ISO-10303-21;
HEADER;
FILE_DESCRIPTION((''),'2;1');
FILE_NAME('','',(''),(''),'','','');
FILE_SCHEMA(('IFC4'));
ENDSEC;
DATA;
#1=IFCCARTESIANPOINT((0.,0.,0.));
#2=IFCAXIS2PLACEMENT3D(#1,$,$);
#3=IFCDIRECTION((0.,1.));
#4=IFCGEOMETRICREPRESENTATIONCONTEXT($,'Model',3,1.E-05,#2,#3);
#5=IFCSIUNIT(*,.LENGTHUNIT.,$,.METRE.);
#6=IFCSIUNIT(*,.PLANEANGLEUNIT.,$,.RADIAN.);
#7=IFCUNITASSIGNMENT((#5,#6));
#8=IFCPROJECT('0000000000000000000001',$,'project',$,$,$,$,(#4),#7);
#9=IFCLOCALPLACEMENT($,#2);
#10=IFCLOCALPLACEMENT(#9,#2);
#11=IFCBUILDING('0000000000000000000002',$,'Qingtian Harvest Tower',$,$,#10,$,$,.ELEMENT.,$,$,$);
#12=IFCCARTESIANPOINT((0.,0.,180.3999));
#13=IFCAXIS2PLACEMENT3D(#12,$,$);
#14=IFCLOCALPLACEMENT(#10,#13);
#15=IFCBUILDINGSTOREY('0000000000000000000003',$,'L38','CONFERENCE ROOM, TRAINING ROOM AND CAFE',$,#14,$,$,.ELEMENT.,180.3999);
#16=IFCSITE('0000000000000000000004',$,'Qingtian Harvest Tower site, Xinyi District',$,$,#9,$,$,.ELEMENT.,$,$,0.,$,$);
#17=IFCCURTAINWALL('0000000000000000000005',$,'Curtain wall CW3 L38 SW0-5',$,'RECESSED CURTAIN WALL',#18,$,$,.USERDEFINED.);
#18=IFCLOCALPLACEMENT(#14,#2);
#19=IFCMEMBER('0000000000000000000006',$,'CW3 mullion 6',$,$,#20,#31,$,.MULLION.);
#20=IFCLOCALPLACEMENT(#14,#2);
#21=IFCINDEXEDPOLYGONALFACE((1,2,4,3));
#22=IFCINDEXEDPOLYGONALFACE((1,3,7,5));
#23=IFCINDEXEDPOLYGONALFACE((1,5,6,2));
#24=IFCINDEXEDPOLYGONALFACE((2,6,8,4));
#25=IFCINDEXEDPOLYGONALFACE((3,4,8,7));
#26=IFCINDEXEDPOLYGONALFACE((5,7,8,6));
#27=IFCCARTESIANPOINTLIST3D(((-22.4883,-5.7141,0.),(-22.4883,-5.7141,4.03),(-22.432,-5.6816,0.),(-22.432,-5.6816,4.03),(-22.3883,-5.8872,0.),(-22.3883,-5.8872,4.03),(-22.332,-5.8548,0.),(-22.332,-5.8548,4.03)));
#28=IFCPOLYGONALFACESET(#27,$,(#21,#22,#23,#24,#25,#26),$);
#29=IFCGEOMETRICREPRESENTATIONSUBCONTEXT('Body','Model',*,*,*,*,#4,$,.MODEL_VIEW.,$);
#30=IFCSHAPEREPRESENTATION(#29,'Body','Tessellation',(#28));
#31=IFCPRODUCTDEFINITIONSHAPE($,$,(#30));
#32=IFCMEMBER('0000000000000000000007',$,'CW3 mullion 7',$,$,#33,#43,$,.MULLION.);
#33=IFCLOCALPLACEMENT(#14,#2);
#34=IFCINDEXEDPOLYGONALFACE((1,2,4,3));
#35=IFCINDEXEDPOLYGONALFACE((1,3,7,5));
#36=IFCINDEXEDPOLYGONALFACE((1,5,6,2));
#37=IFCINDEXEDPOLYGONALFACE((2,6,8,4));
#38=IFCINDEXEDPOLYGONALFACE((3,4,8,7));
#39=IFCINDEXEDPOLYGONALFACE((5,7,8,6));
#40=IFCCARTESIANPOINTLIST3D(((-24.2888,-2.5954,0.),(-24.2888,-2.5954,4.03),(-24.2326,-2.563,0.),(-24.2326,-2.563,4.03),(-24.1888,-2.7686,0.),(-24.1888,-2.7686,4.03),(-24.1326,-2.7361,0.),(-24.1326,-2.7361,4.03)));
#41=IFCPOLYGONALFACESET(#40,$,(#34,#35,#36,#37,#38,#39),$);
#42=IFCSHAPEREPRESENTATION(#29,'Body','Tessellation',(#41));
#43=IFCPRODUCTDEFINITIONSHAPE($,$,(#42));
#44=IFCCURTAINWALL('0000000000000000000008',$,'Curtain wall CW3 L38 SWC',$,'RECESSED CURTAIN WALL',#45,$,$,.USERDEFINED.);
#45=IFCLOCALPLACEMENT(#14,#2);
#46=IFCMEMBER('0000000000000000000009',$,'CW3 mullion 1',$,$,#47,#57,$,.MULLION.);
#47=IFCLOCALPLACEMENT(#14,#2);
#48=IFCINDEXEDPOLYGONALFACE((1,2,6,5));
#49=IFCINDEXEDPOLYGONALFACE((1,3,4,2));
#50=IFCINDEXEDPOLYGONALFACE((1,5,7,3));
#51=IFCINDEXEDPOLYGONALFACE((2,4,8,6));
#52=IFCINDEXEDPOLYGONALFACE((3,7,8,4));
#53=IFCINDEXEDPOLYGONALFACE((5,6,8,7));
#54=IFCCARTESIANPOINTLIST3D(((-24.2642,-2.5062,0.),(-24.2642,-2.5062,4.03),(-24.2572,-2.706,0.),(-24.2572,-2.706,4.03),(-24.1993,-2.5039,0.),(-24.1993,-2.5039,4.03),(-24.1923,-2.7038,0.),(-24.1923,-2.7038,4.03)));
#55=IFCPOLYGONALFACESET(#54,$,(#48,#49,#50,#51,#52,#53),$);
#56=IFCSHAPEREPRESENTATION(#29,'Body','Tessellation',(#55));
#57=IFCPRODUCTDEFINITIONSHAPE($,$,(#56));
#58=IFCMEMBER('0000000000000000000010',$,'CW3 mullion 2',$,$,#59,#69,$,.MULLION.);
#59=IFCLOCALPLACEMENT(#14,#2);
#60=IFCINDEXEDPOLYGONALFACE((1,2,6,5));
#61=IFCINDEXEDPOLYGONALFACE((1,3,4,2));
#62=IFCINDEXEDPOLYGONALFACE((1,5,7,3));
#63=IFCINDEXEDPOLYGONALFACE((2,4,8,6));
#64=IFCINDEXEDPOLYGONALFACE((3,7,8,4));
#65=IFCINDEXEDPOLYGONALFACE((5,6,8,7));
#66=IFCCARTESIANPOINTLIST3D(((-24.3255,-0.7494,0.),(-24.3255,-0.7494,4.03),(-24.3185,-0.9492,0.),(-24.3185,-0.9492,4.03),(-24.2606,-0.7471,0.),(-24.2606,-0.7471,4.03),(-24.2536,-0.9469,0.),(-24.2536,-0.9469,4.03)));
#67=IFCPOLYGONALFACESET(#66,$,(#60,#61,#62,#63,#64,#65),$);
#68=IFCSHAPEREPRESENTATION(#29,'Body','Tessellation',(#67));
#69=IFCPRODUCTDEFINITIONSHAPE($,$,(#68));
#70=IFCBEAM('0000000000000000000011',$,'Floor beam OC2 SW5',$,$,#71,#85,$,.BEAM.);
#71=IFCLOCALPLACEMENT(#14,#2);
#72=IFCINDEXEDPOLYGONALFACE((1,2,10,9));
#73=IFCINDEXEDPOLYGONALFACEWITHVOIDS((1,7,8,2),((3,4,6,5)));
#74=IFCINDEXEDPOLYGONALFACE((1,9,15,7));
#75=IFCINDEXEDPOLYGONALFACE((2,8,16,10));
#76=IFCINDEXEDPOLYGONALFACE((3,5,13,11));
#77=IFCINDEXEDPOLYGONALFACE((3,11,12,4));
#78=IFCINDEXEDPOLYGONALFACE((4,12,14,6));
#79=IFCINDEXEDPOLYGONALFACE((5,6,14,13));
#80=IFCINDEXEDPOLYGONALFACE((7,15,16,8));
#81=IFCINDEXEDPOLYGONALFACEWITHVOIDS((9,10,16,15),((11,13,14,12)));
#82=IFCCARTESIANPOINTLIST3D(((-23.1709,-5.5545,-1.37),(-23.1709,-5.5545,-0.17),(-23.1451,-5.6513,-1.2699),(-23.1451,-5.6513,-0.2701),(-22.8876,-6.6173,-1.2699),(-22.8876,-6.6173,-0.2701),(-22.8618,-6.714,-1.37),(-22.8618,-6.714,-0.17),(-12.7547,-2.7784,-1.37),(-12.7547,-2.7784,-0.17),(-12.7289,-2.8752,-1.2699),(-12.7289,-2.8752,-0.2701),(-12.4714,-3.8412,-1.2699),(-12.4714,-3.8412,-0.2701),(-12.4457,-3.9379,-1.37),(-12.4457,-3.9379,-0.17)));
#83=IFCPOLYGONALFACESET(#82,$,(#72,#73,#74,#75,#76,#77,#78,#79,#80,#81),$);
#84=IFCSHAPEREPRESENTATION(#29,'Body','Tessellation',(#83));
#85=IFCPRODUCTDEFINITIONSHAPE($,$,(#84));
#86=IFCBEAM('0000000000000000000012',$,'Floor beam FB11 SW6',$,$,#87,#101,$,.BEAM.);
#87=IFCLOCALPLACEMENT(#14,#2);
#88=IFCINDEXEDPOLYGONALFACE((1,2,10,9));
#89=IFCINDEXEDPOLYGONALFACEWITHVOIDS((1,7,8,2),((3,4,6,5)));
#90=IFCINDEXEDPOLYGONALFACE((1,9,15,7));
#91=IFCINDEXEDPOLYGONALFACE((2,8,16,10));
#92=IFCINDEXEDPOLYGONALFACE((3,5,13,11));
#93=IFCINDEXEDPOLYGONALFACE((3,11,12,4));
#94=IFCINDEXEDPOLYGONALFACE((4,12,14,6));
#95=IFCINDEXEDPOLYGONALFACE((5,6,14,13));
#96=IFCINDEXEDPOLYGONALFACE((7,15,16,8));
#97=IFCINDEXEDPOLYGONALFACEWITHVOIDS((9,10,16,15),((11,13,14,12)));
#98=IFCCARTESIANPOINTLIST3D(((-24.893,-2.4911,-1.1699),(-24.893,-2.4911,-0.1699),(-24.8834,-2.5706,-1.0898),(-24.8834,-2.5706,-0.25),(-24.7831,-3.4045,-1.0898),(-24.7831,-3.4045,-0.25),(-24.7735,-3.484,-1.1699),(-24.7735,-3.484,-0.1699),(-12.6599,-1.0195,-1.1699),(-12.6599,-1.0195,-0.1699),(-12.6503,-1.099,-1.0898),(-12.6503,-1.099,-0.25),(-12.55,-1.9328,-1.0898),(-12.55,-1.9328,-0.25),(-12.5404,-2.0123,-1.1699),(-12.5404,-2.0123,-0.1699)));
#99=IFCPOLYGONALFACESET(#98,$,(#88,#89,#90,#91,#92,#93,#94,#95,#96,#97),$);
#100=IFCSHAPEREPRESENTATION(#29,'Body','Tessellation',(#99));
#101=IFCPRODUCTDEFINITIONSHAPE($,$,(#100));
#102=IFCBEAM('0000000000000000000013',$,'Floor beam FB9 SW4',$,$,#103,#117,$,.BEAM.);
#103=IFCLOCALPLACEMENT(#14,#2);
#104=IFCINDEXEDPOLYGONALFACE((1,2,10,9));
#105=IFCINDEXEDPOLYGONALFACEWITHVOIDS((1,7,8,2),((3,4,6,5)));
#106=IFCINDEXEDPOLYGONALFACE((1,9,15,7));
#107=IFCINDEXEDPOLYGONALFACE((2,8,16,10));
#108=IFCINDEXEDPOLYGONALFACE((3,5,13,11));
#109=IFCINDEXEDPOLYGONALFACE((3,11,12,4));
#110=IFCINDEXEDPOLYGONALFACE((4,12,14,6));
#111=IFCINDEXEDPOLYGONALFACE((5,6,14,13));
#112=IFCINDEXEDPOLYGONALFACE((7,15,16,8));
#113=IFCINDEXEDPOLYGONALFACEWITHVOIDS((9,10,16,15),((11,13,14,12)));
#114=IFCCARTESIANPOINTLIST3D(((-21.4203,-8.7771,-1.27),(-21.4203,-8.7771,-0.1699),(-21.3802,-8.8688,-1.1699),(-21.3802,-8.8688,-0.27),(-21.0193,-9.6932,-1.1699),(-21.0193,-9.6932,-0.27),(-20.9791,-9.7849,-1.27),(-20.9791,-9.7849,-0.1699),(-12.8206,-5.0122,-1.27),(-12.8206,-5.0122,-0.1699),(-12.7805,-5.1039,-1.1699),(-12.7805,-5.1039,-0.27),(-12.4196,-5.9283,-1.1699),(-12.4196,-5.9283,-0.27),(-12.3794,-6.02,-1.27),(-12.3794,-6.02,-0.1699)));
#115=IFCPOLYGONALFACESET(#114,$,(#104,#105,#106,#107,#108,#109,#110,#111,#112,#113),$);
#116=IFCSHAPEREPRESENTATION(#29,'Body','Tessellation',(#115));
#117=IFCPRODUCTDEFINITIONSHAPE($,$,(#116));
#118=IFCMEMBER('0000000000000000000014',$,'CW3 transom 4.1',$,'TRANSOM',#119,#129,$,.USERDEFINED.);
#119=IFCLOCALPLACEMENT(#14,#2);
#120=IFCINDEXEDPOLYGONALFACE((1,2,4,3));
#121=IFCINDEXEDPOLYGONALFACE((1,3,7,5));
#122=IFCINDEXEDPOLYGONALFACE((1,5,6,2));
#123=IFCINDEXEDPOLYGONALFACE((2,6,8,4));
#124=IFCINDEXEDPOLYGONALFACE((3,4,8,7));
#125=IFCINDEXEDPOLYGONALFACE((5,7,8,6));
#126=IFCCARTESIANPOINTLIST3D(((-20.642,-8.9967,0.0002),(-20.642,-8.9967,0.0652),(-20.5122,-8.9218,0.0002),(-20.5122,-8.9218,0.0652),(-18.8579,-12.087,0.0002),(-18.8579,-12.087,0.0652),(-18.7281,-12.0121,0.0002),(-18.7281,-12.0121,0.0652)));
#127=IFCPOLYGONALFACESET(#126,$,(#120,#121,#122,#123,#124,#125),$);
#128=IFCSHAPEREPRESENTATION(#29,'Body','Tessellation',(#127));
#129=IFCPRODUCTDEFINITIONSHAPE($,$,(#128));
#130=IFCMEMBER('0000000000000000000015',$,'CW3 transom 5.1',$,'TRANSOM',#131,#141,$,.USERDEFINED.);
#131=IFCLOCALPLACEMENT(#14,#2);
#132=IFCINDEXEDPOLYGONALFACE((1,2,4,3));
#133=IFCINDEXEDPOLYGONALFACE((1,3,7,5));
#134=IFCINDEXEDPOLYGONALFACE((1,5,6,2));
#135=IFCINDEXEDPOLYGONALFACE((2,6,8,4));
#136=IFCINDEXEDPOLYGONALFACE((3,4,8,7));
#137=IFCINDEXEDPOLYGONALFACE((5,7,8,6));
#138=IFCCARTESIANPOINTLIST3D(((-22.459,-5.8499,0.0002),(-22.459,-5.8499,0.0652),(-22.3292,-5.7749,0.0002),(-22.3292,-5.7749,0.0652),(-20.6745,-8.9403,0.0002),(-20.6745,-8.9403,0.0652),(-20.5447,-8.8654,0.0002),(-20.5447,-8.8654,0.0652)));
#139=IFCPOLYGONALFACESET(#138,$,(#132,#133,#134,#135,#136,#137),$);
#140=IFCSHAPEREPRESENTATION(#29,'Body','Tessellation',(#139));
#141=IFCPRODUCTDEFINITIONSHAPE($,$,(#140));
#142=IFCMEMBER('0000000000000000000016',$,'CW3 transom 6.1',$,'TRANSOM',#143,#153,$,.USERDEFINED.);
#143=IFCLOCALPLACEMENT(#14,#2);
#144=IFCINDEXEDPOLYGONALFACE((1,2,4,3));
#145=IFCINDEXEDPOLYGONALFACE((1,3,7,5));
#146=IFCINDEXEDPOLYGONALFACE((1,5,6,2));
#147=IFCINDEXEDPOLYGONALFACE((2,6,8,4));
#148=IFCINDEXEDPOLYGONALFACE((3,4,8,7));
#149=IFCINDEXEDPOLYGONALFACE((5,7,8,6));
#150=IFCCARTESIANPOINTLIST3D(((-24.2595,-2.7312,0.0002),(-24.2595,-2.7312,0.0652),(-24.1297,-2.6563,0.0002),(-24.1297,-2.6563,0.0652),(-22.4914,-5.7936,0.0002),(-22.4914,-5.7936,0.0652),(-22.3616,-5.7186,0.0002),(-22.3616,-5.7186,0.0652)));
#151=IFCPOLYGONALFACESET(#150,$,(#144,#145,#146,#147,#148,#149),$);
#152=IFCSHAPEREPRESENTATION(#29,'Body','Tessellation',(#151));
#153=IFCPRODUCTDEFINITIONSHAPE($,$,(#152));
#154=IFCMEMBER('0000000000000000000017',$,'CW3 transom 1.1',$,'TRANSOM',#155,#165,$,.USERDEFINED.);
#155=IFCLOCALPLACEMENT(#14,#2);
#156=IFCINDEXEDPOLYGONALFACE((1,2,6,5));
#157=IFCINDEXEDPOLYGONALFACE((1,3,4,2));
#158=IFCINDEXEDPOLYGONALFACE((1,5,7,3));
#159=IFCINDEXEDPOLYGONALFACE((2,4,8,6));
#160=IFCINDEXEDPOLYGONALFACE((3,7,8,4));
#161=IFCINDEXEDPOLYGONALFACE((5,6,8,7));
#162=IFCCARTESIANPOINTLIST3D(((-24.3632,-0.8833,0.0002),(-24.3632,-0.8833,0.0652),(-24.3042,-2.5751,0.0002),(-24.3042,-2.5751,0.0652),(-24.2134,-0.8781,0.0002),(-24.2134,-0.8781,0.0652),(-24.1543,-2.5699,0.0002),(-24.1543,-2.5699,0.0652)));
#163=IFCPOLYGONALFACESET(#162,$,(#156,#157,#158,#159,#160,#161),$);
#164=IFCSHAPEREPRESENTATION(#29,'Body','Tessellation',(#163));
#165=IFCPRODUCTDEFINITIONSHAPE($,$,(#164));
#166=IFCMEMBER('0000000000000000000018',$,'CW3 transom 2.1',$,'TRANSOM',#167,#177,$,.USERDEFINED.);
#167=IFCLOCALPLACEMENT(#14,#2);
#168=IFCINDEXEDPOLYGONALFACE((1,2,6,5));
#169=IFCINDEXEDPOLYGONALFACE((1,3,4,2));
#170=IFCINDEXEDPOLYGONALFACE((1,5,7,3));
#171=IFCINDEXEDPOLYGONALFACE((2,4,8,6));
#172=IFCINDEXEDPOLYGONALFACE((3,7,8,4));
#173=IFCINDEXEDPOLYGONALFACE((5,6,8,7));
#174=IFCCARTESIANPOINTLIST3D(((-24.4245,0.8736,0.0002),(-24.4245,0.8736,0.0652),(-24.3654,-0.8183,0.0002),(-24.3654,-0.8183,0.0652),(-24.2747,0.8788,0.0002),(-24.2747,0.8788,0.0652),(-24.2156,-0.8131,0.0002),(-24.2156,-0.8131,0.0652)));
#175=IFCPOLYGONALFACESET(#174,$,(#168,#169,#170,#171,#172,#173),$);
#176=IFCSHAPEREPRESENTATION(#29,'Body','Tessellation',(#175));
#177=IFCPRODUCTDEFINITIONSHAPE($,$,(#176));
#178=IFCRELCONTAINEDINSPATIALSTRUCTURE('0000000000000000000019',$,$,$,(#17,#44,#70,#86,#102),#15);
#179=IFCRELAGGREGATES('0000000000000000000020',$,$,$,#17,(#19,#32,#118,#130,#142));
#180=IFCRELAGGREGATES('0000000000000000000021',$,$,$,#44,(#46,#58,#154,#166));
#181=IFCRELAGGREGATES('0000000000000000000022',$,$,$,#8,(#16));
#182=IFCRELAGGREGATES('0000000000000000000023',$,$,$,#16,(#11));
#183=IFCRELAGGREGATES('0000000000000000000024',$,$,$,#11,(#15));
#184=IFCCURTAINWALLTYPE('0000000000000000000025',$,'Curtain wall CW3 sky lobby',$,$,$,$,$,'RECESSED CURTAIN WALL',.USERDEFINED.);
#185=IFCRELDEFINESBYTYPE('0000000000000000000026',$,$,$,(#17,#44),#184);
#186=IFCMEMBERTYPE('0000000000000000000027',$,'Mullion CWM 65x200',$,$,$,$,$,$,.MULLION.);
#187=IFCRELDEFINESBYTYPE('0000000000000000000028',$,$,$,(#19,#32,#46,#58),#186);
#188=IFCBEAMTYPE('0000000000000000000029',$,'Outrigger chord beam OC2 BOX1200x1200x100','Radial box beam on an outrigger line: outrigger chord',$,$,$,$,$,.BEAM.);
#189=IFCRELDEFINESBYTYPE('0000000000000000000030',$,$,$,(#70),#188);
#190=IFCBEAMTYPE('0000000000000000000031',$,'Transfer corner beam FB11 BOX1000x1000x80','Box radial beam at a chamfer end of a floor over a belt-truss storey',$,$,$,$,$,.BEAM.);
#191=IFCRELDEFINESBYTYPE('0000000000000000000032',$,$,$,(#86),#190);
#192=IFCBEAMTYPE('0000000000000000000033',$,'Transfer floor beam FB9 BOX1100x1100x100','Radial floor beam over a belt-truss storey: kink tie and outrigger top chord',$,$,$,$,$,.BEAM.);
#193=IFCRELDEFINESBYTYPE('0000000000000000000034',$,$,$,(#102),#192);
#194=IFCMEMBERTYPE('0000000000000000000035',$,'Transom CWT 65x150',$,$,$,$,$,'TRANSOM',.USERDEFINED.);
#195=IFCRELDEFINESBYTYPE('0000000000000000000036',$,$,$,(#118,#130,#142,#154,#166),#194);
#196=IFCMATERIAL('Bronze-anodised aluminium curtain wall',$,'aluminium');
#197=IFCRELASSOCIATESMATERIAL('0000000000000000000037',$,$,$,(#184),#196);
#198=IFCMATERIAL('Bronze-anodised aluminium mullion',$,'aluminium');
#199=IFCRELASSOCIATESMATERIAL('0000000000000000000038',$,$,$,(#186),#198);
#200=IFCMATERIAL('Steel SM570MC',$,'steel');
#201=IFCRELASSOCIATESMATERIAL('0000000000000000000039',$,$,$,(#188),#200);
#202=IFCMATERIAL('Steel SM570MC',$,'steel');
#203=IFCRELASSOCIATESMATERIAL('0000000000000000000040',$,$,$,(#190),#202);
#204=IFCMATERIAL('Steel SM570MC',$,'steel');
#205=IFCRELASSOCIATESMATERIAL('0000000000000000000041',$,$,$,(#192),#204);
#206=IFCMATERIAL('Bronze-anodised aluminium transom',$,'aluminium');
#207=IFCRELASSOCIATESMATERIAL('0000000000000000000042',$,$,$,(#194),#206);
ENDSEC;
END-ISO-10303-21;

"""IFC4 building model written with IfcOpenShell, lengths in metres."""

from ifc_helpers import new_model, si_unit, direction, frame, origin, origin_2d, place, context, subcontext, project, spatial, rectangle, hollow_rectangle, extrude, material, material_profile, profile_set, type_object, element, aggregate, save


model = new_model("IFC4")

# Units and contexts
model_context = context("Model", 3, precision=1e-05, world=origin(), true_north=direction((0.0, 1.0)))
body_context = subcontext(model_context, "Body", "Model", "MODEL_VIEW")
ifc_project = project(units=[si_unit("LENGTHUNIT", "METRE"), si_unit("PLANEANGLEUNIT", "RADIAN")], contexts=[model_context])

# Site, building, storey
site_placement = place(None, origin())
site = spatial("IfcSite", under=ifc_project, at=site_placement, Name="Qingtian Harvest Tower site, Xinyi District", CompositionType="ELEMENT", RefElevation=0.0)
building_placement = place(site_placement, origin())
building = spatial("IfcBuilding", under=site, at=building_placement, Name="Qingtian Harvest Tower", CompositionType="ELEMENT")
storey_placement = place(building_placement, frame((0.0, 0.0, 180.3999)))
storey = spatial("IfcBuildingStorey", under=building, at=storey_placement, Name="L38", Description="CONFERENCE ROOM, TRAINING ROOM AND CAFE", CompositionType="ELEMENT", Elevation=180.3999)

# Curtain walls, members
ifc_material_1 = material(Name="Bronze-anodised aluminium curtain wall", Category="aluminium")
curtain_wall_type = type_object("IfcCurtainWallType", Name="Curtain wall CW3 sky lobby", ElementType="RECESSED CURTAIN WALL", PredefinedType="USERDEFINED", material=ifc_material_1)
curtain_wall_1_placement = place(storey_placement, origin())
curtain_wall_1 = element("IfcCurtainWall", 1, at=curtain_wall_1_placement, inside=storey, type_object=curtain_wall_type, Name="Curtain wall CW3 L38 SW0-5", ObjectType="RECESSED CURTAIN WALL", PredefinedType="USERDEFINED")
ifc_material_2 = material(Name="Bronze-anodised aluminium mullion", Category="aluminium")
ifc_material_profile_1 = material_profile(ifc_material_2, rectangle(XDim=0.0649, YDim=0.2, at=origin_2d()), Name="AL 65x200")
ifc_profile_set_1 = profile_set([ifc_material_profile_1], Name="Bronze-anodised aluminium mullion")
member_type_1 = type_object("IfcMemberType", Name="Mullion CWM 65x200", PredefinedType="MULLION", material=ifc_profile_set_1)
member_1_placement = place(storey_placement, frame((-22.4102, -5.7844, 0.0), z_axis=(0.0, 0.0, 1.0), x_axis=(-0.866025, -0.5, 0.0)))
member_1 = element("IfcMember", 2, at=member_1_placement, type_object=member_type_1, Name="CW3 mullion 6", PredefinedType="MULLION", context=body_context, shape_type="SweptSolid", body=[
    extrude(rectangle(XDim=0.0649, YDim=0.2, at=origin_2d()), origin(), (0.0, 0.0, 1.0), 4.03),
])
member_2_placement = place(storey_placement, frame((-24.2107, -2.6658, 0.0), z_axis=(0.0, 0.0, 1.0), x_axis=(-0.866025, -0.5, 0.0)))
member_2 = element("IfcMember", 3, at=member_2_placement, type_object=member_type_1, Name="CW3 mullion 7", PredefinedType="MULLION", context=body_context, shape_type="SweptSolid", body=[
    extrude(rectangle(XDim=0.0649, YDim=0.2, at=origin_2d()), origin(), (0.0, 0.0, 1.0), 4.03),
])
curtain_wall_2_placement = place(storey_placement, origin())
curtain_wall_2 = element("IfcCurtainWall", 4, at=curtain_wall_2_placement, inside=storey, type_object=curtain_wall_type, Name="Curtain wall CW3 L38 SWC", ObjectType="RECESSED CURTAIN WALL", PredefinedType="USERDEFINED")
member_3_placement = place(storey_placement, frame((-24.2283, -2.605, 0.0), z_axis=(0.0, 0.0, 1.0), x_axis=(-0.999391, -0.034899, 0.0)))
member_3 = element("IfcMember", 5, at=member_3_placement, type_object=member_type_1, Name="CW3 mullion 1", PredefinedType="MULLION", context=body_context, shape_type="SweptSolid", body=[
    extrude(rectangle(XDim=0.0649, YDim=0.2, at=origin_2d()), origin(), (0.0, 0.0, 1.0), 4.03),
])
member_4_placement = place(storey_placement, frame((-24.2896, -0.8481, 0.0), z_axis=(0.0, 0.0, 1.0), x_axis=(-0.999391, -0.034899, 0.0)))
member_4 = element("IfcMember", 6, at=member_4_placement, type_object=member_type_1, Name="CW3 mullion 2", PredefinedType="MULLION", context=body_context, shape_type="SweptSolid", body=[
    extrude(rectangle(XDim=0.0649, YDim=0.2, at=origin_2d()), origin(), (0.0, 0.0, 1.0), 4.03),
])

# Beams
ifc_material_3 = material(Name="Steel SM570MC", Category="steel")
ifc_material_profile_2 = material_profile(ifc_material_3, hollow_rectangle(XDim=1.2, YDim=1.2, WallThickness=0.1001, at=origin_2d()), Name="BOX1200x1200x100")
ifc_profile_set_2 = profile_set([ifc_material_profile_2], Name="Steel SM570MC")
beam_type_1 = type_object("IfcBeamType", Name="Outrigger chord beam OC2 BOX1200x1200x100", Description="Radial box beam on an outrigger line: outrigger chord", PredefinedType="BEAM", material=ifc_profile_set_2)
beam_1_placement = place(storey_placement, frame((-23.0164, -6.1343, -0.77), z_axis=(0.966271, 0.257529, 0.0), x_axis=(-0.257529, 0.966271, 0.0)))
element("IfcBeam", 7, at=beam_1_placement, inside=storey, type_object=beam_type_1, Name="Floor beam OC2 SW5", PredefinedType="BEAM", context=body_context, shape_type="SweptSolid", body=[
    extrude(hollow_rectangle(XDim=1.2, YDim=1.2, WallThickness=0.1001, at=origin_2d()), origin(), (0.0, 0.0, 1.0), 10.7798),
])
ifc_material_4 = material(Name="Steel SM570MC", Category="steel")
ifc_material_profile_3 = material_profile(ifc_material_4, hollow_rectangle(XDim=1.0, YDim=1.0, WallThickness=0.0801, at=origin_2d()), Name="BOX1000x1000x80")
ifc_profile_set_3 = profile_set([ifc_material_profile_3], Name="Steel SM570MC")
beam_type_2 = type_object("IfcBeamType", Name="Transfer corner beam FB11 BOX1000x1000x80", Description="Box radial beam at a chamfer end of a floor over a belt-truss storey", PredefinedType="BEAM", material=ifc_profile_set_3)
beam_2_placement = place(storey_placement, frame((-24.8333, -2.9875, -0.6699), z_axis=(0.992841, 0.119441, 0.0), x_axis=(-0.119441, 0.992841, 0.0)))
element("IfcBeam", 8, at=beam_2_placement, inside=storey, type_object=beam_type_2, Name="Floor beam FB11 SW6", PredefinedType="BEAM", context=body_context, shape_type="SweptSolid", body=[
    extrude(hollow_rectangle(XDim=1.0, YDim=1.0, WallThickness=0.0801, at=origin_2d()), origin(), (0.0, 0.0, 1.0), 12.3213),
])
ifc_material_5 = material(Name="Steel SM570MC", Category="steel")
ifc_material_profile_4 = material_profile(ifc_material_5, hollow_rectangle(XDim=1.1001, YDim=1.1001, WallThickness=0.1001, at=origin_2d()), Name="BOX1100x1100x100")
ifc_profile_set_4 = profile_set([ifc_material_profile_4], Name="Steel SM570MC")
beam_type_3 = type_object("IfcBeamType", Name="Transfer floor beam FB9 BOX1100x1100x100", Description="Radial floor beam over a belt-truss storey: kink tie and outrigger top chord", PredefinedType="BEAM", material=ifc_profile_set_4)
beam_3_placement = place(storey_placement, frame((-21.1997, -9.281, -0.72), z_axis=(0.916057, 0.401048, 0.0), x_axis=(-0.401048, 0.916057, 0.0)))
element("IfcBeam", 9, at=beam_3_placement, inside=storey, type_object=beam_type_3, Name="Floor beam FB9 SW4", PredefinedType="BEAM", context=body_context, shape_type="SweptSolid", body=[
    extrude(hollow_rectangle(XDim=1.1001, YDim=1.1001, WallThickness=0.1001, at=origin_2d()), origin(), (0.0, 0.0, 1.0), 9.3877),
])

# Members
ifc_material_6 = material(Name="Bronze-anodised aluminium transom", Category="aluminium")
ifc_material_profile_5 = material_profile(ifc_material_6, rectangle(XDim=0.1499, YDim=0.0649, at=origin_2d()), Name="AL 65x150")
ifc_profile_set_5 = profile_set([ifc_material_profile_5], Name="Bronze-anodised aluminium transom")
member_type_2 = type_object("IfcMemberType", Name="Transom CWT 65x150", ElementType="TRANSOM", PredefinedType="USERDEFINED", material=ifc_profile_set_5)
member_5_placement = place(storey_placement, frame((-18.793, -12.0496, 0.0327), z_axis=(-0.499995, 0.866028, 0.0), x_axis=(-0.866028, -0.499995, 0.0)))
member_5 = element("IfcMember", 10, at=member_5_placement, type_object=member_type_2, Name="CW3 transom 4.1", ObjectType="TRANSOM", PredefinedType="USERDEFINED", context=body_context, shape_type="SweptSolid", body=[
    extrude(rectangle(XDim=0.1499, YDim=0.0649, at=origin_2d()), origin(), (0.0, 0.0, 1.0), 3.5684),
])
member_6_placement = place(storey_placement, frame((-20.6096, -8.9028, 0.0327), z_axis=(-0.500046, 0.865999, 0.0), x_axis=(-0.865999, -0.500046, 0.0)))
member_6 = element("IfcMember", 11, at=member_6_placement, type_object=member_type_2, Name="CW3 transom 5.1", ObjectType="TRANSOM", PredefinedType="USERDEFINED", context=body_context, shape_type="SweptSolid", body=[
    extrude(rectangle(XDim=0.1499, YDim=0.0649, at=origin_2d()), origin(), (0.0, 0.0, 1.0), 3.5686),
])
member_7_placement = place(storey_placement, frame((-22.4265, -5.7561, 0.0327), z_axis=(-0.500015, 0.866017, 0.0), x_axis=(-0.866017, -0.500015, 0.0)))
member_7 = element("IfcMember", 12, at=member_7_placement, type_object=member_type_2, Name="CW3 transom 6.1", ObjectType="TRANSOM", PredefinedType="USERDEFINED", context=body_context, shape_type="SweptSolid", body=[
    extrude(rectangle(XDim=0.1499, YDim=0.0649, at=origin_2d()), origin(), (0.0, 0.0, 1.0), 3.5361),
])
member_8_placement = place(storey_placement, frame((-24.2292, -2.5725, 0.0327), z_axis=(-0.034899, 0.999391, 0.0), x_axis=(-0.999391, -0.034899, 0.0)))
member_8 = element("IfcMember", 13, at=member_8_placement, type_object=member_type_2, Name="CW3 transom 1.1", ObjectType="TRANSOM", PredefinedType="USERDEFINED", context=body_context, shape_type="SweptSolid", body=[
    extrude(rectangle(XDim=0.1499, YDim=0.0649, at=origin_2d()), origin(), (0.0, 0.0, 1.0), 1.6929),
])
member_9_placement = place(storey_placement, frame((-24.2905, -0.8157, 0.0327), z_axis=(-0.034899, 0.999391, 0.0), x_axis=(-0.999391, -0.034899, 0.0)))
member_9 = element("IfcMember", 14, at=member_9_placement, type_object=member_type_2, Name="CW3 transom 2.1", ObjectType="TRANSOM", PredefinedType="USERDEFINED", context=body_context, shape_type="SweptSolid", body=[
    extrude(rectangle(XDim=0.1499, YDim=0.0649, at=origin_2d()), origin(), (0.0, 0.0, 1.0), 1.6929),
])

aggregate(curtain_wall_1, [member_1, member_2, member_5, member_6, member_7])
aggregate(curtain_wall_2, [member_3, member_4, member_8, member_9])

save(model, "model.ifc")
